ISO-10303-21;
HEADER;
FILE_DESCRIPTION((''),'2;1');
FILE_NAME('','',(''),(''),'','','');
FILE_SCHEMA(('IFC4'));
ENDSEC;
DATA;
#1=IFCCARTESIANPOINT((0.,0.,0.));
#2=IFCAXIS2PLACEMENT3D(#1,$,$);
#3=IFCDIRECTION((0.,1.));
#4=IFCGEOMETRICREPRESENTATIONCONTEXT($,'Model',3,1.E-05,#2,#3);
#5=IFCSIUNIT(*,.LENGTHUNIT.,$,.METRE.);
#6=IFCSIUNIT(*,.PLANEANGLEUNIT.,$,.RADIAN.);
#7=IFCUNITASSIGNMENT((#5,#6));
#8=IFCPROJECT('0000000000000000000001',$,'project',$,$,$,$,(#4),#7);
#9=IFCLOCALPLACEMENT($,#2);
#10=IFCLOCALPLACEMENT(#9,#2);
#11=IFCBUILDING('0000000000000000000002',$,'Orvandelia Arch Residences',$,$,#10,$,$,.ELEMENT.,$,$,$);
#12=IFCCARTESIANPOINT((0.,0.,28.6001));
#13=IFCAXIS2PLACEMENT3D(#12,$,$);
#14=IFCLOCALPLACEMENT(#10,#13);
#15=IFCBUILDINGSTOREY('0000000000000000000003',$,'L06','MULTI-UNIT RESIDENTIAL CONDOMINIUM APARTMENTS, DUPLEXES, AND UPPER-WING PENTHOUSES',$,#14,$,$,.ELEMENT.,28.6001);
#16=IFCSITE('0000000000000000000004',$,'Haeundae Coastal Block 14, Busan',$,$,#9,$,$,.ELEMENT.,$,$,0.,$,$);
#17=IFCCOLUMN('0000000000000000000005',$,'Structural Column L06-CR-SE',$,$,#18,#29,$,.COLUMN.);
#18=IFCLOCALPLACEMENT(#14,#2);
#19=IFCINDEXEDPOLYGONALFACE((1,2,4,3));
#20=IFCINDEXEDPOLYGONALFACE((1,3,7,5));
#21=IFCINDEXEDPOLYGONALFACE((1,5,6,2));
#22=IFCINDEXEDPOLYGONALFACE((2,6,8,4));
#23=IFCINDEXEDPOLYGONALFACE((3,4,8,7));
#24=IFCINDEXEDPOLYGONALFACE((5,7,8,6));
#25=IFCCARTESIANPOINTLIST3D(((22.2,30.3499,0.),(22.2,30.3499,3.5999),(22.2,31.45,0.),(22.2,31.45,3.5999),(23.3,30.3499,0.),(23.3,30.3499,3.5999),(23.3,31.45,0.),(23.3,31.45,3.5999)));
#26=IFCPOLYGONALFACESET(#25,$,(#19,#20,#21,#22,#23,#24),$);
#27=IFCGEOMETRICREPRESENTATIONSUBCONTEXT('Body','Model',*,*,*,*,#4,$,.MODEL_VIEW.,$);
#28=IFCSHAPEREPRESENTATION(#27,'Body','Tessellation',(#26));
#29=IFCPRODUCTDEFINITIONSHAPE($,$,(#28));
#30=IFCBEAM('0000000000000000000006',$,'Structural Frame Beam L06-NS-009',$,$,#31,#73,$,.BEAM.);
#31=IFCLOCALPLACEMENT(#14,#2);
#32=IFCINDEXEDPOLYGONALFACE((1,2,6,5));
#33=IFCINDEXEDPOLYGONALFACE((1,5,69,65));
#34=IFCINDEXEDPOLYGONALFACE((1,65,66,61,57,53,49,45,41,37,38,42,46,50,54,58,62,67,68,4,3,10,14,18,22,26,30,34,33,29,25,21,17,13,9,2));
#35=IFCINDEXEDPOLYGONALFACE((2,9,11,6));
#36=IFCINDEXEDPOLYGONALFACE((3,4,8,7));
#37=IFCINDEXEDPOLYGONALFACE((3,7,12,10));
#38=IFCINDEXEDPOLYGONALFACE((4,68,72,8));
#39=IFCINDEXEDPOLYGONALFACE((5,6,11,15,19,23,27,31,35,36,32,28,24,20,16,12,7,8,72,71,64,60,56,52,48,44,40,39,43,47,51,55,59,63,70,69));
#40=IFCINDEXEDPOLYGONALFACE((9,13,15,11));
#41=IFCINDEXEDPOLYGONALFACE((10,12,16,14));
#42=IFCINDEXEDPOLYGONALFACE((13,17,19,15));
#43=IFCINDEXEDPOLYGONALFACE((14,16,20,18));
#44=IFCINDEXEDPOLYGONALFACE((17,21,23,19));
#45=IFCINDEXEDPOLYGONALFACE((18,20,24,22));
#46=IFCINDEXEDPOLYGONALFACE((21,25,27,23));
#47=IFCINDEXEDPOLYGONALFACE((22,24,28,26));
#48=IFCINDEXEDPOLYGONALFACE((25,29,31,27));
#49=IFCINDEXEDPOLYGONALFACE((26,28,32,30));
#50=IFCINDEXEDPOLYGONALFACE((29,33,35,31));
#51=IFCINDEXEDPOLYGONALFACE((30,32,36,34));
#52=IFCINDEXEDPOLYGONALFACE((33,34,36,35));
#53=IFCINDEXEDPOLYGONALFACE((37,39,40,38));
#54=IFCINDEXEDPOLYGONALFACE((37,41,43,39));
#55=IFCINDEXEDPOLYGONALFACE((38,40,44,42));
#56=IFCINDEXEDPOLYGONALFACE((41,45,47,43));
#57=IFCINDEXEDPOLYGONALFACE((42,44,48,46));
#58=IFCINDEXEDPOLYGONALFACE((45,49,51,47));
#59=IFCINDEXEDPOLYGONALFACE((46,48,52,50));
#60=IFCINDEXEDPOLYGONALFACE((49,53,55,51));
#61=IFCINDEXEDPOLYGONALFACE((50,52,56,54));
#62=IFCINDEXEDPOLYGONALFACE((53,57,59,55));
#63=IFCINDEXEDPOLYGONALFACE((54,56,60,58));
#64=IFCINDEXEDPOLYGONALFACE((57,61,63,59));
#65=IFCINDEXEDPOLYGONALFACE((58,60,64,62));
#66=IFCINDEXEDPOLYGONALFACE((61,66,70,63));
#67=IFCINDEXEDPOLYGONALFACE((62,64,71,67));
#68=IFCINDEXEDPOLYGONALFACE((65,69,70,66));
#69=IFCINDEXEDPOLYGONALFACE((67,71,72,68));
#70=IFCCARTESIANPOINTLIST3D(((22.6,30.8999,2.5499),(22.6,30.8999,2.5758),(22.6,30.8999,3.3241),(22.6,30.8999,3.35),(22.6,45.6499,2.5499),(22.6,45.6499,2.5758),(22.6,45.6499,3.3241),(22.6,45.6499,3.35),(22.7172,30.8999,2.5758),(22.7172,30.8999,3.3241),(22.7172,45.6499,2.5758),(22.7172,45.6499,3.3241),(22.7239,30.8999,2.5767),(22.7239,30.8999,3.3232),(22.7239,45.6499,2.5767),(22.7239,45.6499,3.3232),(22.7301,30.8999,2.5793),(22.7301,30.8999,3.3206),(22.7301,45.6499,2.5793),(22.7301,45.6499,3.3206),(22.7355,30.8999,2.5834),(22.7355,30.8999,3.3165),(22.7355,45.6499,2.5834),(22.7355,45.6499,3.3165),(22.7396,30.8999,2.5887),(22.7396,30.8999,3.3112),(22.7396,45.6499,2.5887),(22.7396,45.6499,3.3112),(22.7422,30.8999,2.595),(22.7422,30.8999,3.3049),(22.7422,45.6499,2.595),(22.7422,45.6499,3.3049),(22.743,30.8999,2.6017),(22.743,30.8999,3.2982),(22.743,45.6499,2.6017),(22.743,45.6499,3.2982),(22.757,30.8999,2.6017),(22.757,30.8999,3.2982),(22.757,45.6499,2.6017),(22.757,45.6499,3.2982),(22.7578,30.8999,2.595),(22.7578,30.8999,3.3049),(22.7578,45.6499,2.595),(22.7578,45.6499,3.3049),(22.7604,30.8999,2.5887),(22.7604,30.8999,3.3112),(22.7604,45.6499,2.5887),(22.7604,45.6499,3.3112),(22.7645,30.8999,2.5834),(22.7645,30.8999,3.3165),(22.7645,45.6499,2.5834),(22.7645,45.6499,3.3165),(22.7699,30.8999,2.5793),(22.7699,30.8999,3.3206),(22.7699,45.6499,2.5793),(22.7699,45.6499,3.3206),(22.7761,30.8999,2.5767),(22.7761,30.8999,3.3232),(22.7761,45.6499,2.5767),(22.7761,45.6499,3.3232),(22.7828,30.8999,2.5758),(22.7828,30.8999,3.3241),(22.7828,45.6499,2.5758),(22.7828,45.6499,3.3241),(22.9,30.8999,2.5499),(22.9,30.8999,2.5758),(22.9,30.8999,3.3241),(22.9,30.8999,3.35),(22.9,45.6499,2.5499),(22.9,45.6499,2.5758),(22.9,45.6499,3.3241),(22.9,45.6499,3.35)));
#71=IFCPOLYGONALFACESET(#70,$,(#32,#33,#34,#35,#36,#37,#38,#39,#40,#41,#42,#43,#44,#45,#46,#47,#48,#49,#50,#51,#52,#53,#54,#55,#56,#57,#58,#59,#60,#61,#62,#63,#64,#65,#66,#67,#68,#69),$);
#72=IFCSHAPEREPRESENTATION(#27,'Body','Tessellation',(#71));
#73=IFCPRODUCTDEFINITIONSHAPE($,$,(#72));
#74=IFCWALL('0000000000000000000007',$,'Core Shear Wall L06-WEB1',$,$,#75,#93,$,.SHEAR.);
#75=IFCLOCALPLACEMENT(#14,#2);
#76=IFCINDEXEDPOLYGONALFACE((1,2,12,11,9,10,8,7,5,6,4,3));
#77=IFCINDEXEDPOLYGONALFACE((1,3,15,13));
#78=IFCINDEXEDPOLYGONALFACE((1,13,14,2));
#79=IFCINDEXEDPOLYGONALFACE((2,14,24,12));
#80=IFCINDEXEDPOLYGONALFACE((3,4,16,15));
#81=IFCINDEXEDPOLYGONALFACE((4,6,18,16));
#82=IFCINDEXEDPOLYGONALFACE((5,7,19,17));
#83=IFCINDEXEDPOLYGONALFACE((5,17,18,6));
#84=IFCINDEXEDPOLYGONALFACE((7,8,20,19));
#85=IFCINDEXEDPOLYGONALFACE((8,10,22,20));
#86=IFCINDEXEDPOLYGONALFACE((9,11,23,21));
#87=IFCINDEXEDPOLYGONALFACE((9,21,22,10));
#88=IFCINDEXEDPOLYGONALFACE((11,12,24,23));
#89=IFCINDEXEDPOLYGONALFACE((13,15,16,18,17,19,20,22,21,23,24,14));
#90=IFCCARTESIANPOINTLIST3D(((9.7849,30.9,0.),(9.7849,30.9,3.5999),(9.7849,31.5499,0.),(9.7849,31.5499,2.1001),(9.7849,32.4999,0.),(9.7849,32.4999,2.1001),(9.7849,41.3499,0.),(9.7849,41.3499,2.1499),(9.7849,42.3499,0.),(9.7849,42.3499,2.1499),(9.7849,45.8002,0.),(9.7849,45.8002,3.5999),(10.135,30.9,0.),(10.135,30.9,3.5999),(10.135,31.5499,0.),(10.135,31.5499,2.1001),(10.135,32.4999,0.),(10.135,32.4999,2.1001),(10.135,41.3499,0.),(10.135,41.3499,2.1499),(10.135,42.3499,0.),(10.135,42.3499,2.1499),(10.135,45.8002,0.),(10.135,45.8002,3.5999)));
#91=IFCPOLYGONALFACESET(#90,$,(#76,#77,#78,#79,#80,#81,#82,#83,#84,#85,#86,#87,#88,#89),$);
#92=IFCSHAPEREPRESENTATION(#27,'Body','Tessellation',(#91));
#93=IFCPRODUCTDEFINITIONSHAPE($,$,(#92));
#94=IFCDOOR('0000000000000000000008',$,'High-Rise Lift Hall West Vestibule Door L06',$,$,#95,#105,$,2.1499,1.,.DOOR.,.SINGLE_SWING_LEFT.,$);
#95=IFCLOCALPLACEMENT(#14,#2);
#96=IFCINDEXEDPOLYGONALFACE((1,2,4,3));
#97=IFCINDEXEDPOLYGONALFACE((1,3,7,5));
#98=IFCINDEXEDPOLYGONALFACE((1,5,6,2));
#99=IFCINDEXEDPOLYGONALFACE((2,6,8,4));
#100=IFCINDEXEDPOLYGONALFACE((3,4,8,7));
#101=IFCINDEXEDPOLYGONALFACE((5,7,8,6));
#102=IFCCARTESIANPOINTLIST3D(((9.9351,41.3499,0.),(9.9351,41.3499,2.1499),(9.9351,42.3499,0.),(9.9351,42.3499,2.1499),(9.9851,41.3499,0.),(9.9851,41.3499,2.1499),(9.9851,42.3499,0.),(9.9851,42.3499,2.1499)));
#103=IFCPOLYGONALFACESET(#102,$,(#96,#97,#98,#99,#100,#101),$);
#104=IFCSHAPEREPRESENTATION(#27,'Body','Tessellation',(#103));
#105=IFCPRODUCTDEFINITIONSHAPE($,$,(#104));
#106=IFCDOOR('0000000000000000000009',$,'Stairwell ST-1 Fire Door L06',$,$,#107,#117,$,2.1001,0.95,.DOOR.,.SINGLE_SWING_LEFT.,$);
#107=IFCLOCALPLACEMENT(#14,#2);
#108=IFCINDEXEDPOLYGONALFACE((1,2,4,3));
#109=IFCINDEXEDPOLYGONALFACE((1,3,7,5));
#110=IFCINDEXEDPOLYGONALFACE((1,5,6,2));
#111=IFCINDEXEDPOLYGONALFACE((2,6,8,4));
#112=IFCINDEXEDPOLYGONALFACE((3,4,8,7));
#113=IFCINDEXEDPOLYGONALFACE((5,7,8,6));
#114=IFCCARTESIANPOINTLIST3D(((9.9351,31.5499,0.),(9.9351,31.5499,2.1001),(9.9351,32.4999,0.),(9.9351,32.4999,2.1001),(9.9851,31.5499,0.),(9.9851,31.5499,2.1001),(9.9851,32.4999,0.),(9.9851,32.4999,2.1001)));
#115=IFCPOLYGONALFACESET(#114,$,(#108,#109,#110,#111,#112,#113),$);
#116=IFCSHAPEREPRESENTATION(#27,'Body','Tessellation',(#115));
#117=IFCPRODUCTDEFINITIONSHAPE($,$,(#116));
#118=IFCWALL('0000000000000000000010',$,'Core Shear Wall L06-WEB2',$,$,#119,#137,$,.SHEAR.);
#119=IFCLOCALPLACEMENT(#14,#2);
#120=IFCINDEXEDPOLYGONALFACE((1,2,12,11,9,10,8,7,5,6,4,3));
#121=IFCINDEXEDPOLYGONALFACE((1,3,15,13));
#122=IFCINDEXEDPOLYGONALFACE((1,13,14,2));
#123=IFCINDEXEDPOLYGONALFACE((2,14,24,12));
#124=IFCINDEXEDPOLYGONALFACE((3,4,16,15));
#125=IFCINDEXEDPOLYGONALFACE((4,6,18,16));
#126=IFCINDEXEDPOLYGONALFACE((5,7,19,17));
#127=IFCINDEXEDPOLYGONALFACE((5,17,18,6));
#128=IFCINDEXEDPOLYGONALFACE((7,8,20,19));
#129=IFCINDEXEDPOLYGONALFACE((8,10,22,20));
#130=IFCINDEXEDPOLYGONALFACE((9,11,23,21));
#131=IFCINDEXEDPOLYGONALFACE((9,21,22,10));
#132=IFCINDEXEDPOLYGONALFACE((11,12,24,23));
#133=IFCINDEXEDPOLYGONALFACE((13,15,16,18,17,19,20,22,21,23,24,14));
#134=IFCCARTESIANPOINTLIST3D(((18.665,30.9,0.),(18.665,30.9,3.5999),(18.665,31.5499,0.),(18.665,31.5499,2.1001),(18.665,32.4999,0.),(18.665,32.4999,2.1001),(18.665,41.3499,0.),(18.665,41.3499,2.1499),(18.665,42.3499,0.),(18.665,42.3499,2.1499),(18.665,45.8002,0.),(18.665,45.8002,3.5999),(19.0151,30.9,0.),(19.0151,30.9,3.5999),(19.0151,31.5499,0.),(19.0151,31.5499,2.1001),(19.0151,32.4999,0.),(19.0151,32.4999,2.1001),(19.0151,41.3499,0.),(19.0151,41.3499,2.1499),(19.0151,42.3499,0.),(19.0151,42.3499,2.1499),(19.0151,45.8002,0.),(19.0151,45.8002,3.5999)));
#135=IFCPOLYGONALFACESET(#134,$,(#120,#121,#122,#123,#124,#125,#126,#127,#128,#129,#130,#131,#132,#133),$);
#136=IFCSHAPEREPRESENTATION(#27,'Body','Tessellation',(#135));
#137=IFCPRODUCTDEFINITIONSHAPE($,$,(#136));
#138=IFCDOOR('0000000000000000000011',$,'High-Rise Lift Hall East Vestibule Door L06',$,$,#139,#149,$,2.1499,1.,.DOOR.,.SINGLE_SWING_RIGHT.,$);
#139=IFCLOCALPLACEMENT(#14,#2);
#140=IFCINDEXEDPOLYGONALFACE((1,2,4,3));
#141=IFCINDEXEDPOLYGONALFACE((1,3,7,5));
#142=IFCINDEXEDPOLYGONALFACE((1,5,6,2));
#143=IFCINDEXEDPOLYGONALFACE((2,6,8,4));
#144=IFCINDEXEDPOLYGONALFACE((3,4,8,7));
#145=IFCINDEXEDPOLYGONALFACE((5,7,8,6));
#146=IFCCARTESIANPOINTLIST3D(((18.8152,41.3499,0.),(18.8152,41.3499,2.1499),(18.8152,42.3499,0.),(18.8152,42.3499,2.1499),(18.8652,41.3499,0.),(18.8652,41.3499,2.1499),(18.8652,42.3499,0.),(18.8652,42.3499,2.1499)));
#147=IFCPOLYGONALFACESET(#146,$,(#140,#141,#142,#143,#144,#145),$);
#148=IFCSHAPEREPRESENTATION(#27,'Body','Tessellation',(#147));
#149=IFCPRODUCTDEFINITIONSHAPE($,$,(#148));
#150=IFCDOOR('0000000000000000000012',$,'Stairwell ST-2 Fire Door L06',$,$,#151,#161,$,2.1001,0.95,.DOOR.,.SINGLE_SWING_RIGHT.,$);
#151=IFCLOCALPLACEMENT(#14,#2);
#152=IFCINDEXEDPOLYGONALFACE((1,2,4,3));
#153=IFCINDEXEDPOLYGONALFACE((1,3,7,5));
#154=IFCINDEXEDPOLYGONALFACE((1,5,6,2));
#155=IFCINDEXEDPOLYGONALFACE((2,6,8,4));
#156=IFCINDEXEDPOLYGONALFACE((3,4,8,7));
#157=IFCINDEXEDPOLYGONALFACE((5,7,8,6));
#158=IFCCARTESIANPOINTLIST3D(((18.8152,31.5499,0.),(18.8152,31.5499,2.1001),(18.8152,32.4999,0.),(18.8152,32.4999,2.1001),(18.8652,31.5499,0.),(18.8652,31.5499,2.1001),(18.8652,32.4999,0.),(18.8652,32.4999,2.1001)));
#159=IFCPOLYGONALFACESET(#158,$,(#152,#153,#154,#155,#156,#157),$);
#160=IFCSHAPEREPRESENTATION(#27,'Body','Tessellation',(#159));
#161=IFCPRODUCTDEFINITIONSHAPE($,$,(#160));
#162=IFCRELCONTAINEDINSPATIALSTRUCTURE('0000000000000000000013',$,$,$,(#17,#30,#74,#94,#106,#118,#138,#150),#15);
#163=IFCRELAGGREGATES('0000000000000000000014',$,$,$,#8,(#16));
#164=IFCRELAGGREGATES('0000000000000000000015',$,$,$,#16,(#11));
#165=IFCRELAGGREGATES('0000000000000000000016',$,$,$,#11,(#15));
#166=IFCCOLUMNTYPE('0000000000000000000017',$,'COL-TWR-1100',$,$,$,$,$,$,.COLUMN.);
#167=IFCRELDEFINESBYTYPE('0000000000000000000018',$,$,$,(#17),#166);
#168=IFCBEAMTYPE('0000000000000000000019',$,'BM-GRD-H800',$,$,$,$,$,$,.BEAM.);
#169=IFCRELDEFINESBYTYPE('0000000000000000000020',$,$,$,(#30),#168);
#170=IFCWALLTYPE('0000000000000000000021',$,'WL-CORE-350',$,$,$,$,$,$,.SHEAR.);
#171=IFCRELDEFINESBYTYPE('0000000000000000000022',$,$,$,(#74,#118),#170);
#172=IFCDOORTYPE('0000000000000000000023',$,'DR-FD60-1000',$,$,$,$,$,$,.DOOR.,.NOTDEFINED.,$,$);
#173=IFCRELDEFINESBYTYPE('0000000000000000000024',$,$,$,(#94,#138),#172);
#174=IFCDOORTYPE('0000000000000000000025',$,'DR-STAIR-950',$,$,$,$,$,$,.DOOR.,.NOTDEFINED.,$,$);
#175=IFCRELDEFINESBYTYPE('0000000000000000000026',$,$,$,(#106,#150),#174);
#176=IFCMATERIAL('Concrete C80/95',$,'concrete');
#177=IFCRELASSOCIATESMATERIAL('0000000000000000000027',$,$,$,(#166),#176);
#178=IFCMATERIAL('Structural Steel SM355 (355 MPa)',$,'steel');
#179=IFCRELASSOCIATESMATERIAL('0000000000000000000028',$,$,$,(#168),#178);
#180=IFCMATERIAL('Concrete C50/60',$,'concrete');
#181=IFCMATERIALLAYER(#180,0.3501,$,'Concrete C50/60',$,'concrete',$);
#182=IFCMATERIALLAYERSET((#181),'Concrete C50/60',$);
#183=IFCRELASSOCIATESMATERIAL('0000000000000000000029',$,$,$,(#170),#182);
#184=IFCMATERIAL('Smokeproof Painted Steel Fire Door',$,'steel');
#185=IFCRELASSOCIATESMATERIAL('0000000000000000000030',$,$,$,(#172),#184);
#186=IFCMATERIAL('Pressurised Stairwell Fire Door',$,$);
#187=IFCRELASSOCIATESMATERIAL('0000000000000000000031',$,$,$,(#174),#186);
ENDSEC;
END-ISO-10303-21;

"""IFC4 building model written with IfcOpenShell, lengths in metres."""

from ifc_helpers import new_model, si_unit, direction, frame, frame_2d, origin, origin_2d, place, context, subcontext, project, spatial, rectangle, i_section, extrude, material, layer, layer_set, material_profile, profile_set, type_object, element, fill, save


model = new_model("IFC4")

# Units and contexts
model_context = context("Model", 3, precision=1e-05, world=origin(), true_north=direction((0.0, 1.0)))
body_context = subcontext(model_context, "Body", "Model", "MODEL_VIEW")
ifc_project = project(units=[si_unit("LENGTHUNIT", "METRE"), si_unit("PLANEANGLEUNIT", "RADIAN")], contexts=[model_context])

# Site, building, storey
site_placement = place(None, origin())
site = spatial("IfcSite", under=ifc_project, at=site_placement, Name="Haeundae Coastal Block 14, Busan", CompositionType="ELEMENT", RefElevation=0.0)
building_placement = place(site_placement, origin())
building = spatial("IfcBuilding", under=site, at=building_placement, Name="Orvandelia Arch Residences", CompositionType="ELEMENT")
storey_placement = place(building_placement, frame((0.0, 0.0, 28.6001)))
storey = spatial("IfcBuildingStorey", under=building, at=storey_placement, Name="L06", Description="MULTI-UNIT RESIDENTIAL CONDOMINIUM APARTMENTS, DUPLEXES, AND UPPER-WING PENTHOUSES", CompositionType="ELEMENT", Elevation=28.6001)

# Column
ifc_material_1 = material(Name="Concrete C80/95", Category="concrete")
ifc_material_profile_1 = material_profile(ifc_material_1, rectangle(XDim=1.1001, YDim=1.1001, at=origin_2d()), Name="Concrete C80/95", Category="concrete")
ifc_profile_set_1 = profile_set([ifc_material_profile_1], Name="Concrete C80/95")
column_type = type_object("IfcColumnType", Name="COL-TWR-1100", PredefinedType="COLUMN", material=ifc_profile_set_1)
column_placement = place(storey_placement, frame((22.75, 30.8999, 0.0), z_axis=(0.0, 0.0, 1.0), x_axis=(1.0, 0.0, 0.0)))
element("IfcColumn", 1, at=column_placement, inside=storey, type_object=column_type, Name="Structural Column L06-CR-SE", PredefinedType="COLUMN", context=body_context, shape_type="SweptSolid", body=[
    extrude(rectangle(XDim=1.1001, YDim=1.1001, at=origin_2d()), origin(), (0.0, 0.0, 1.0), 3.5999),
])

# Beam
ifc_material_2 = material(Name="Structural Steel SM355 (355 MPa)", Category="steel")
ifc_material_profile_2 = material_profile(ifc_material_2, i_section(OverallWidth=0.3, OverallDepth=0.8, WebThickness=0.0139, FlangeThickness=0.0259, FilletRadius=0.0259, at=origin_2d()), Name="Structural Steel SM355 (355 MPa)", Category="steel")
ifc_profile_set_2 = profile_set([ifc_material_profile_2], Name="Structural Steel SM355 (355 MPa)")
beam_type = type_object("IfcBeamType", Name="BM-GRD-H800", PredefinedType="BEAM", material=ifc_profile_set_2)
beam_placement = place(storey_placement, frame((22.75, 30.8999, 2.95), z_axis=(0.0, 1.0, 0.0), x_axis=(-1.0, 0.0, 0.0)))
element("IfcBeam", 2, at=beam_placement, inside=storey, type_object=beam_type, Name="Structural Frame Beam L06-NS-009", PredefinedType="BEAM", context=body_context, shape_type="SweptSolid", body=[
    extrude(i_section(OverallWidth=0.3, OverallDepth=0.8, WebThickness=0.0139, FlangeThickness=0.0259, FilletRadius=0.0259, at=origin_2d()), origin(), (0.0, 0.0, 1.0), 14.75),
])

# Walls, openings, doors
ifc_material_3 = material(Name="Concrete C50/60", Category="concrete")
ifc_layer_1 = layer(ifc_material_3, 0.3501, Name="Concrete C50/60", Category="concrete")
ifc_layer_set_1 = layer_set([ifc_layer_1], Name="Concrete C50/60")
wall_type_1 = type_object("IfcWallType", Name="WL-CORE-350", PredefinedType="SHEAR", material=ifc_layer_set_1)
wall_1_placement = place(storey_placement, frame((9.96, 30.8999, 0.0), z_axis=(0.0, 0.0, 1.0), x_axis=(0.0, 1.0, 0.0)))
wall_1 = element("IfcWall", 3, at=wall_1_placement, inside=storey, type_object=wall_type_1, Name="Core Shear Wall L06-WEB1", PredefinedType="SHEAR", context=body_context, shape_type="SweptSolid", body=[
    extrude(rectangle(XDim=14.9001, YDim=0.3501, at=frame_2d((7.4502, 0.0))), origin(), (0.0, 0.0, 1.0), 3.5999),
])
opening_1_placement = place(wall_1_placement, frame((0.6499, 0.0, 0.0)))
opening_1 = element("IfcOpeningElement", 4, at=opening_1_placement, cuts=wall_1, PredefinedType="OPENING", context=body_context, shape_type="SweptSolid", body=[
    extrude(rectangle(XDim=0.95, YDim=2.1001, at=frame_2d((0.4751, 1.05))), frame((0.0, 0.1851, 0.0), z_axis=(0.0, -1.0, 0.0), x_axis=(1.0, 0.0, 0.0)), (0.0, 0.0, 1.0), 0.3701),
])
opening_2_placement = place(wall_1_placement, frame((10.45, 0.0, 0.0)))
opening_2 = element("IfcOpeningElement", 5, at=opening_2_placement, cuts=wall_1, PredefinedType="OPENING", context=body_context, shape_type="SweptSolid", body=[
    extrude(rectangle(XDim=1.0, YDim=2.1499, at=frame_2d((0.5, 1.075))), frame((0.0, 0.1851, 0.0), z_axis=(0.0, -1.0, 0.0), x_axis=(1.0, 0.0, 0.0)), (0.0, 0.0, 1.0), 0.3701),
])
ifc_material_4 = material(Name="Smokeproof Painted Steel Fire Door", Category="steel")
door_type_1 = type_object("IfcDoorType", Name="DR-FD60-1000", OperationType="NOTDEFINED", PredefinedType="DOOR", material=ifc_material_4)
door_1_placement = place(opening_2_placement, origin())
door_1 = element("IfcDoor", 6, at=door_1_placement, inside=storey, type_object=door_type_1, Name="High-Rise Lift Hall West Vestibule Door L06", OperationType="SINGLE_SWING_LEFT", OverallHeight=2.1499, OverallWidth=1.0, PredefinedType="DOOR", context=body_context, shape_type="SweptSolid", body=[
    extrude(rectangle(XDim=1.0, YDim=2.1499, at=frame_2d((0.5, 1.075))), frame((0.0, 0.0249, 0.0), z_axis=(0.0, -1.0, 0.0), x_axis=(1.0, 0.0, 0.0)), (0.0, 0.0, 1.0), 0.05),
])
fill(opening_2, door_1)
ifc_material_5 = material(Name="Pressurised Stairwell Fire Door")
door_type_2 = type_object("IfcDoorType", Name="DR-STAIR-950", OperationType="NOTDEFINED", PredefinedType="DOOR", material=ifc_material_5)
door_2_placement = place(opening_1_placement, origin())
door_2 = element("IfcDoor", 7, at=door_2_placement, inside=storey, type_object=door_type_2, Name="Stairwell ST-1 Fire Door L06", OperationType="SINGLE_SWING_LEFT", OverallHeight=2.1001, OverallWidth=0.95, PredefinedType="DOOR", context=body_context, shape_type="SweptSolid", body=[
    extrude(rectangle(XDim=0.95, YDim=2.1001, at=frame_2d((0.4751, 1.05))), frame((0.0, 0.0249, 0.0), z_axis=(0.0, -1.0, 0.0), x_axis=(1.0, 0.0, 0.0)), (0.0, 0.0, 1.0), 0.05),
])
fill(opening_1, door_2)
wall_2_placement = place(storey_placement, frame((18.8401, 30.8999, 0.0), z_axis=(0.0, 0.0, 1.0), x_axis=(0.0, 1.0, 0.0)))
wall_2 = element("IfcWall", 8, at=wall_2_placement, inside=storey, type_object=wall_type_1, Name="Core Shear Wall L06-WEB2", PredefinedType="SHEAR", context=body_context, shape_type="SweptSolid", body=[
    extrude(rectangle(XDim=14.9001, YDim=0.3501, at=frame_2d((7.4502, 0.0))), origin(), (0.0, 0.0, 1.0), 3.5999),
])
opening_3_placement = place(wall_2_placement, frame((0.6499, 0.0, 0.0)))
opening_3 = element("IfcOpeningElement", 9, at=opening_3_placement, cuts=wall_2, PredefinedType="OPENING", context=body_context, shape_type="SweptSolid", body=[
    extrude(rectangle(XDim=0.95, YDim=2.1001, at=frame_2d((0.4751, 1.05))), frame((0.0, 0.1851, 0.0), z_axis=(0.0, -1.0, 0.0), x_axis=(1.0, 0.0, 0.0)), (0.0, 0.0, 1.0), 0.3701),
])
opening_4_placement = place(wall_2_placement, frame((10.45, 0.0, 0.0)))
opening_4 = element("IfcOpeningElement", 10, at=opening_4_placement, cuts=wall_2, PredefinedType="OPENING", context=body_context, shape_type="SweptSolid", body=[
    extrude(rectangle(XDim=1.0, YDim=2.1499, at=frame_2d((0.5, 1.075))), frame((0.0, 0.1851, 0.0), z_axis=(0.0, -1.0, 0.0), x_axis=(1.0, 0.0, 0.0)), (0.0, 0.0, 1.0), 0.3701),
])
door_3_placement = place(opening_4_placement, origin())
door_3 = element("IfcDoor", 11, at=door_3_placement, inside=storey, type_object=door_type_1, Name="High-Rise Lift Hall East Vestibule Door L06", OperationType="SINGLE_SWING_RIGHT", OverallHeight=2.1499, OverallWidth=1.0, PredefinedType="DOOR", context=body_context, shape_type="SweptSolid", body=[
    extrude(rectangle(XDim=1.0, YDim=2.1499, at=frame_2d((0.5, 1.075))), frame((0.0, 0.0249, 0.0), z_axis=(0.0, -1.0, 0.0), x_axis=(1.0, 0.0, 0.0)), (0.0, 0.0, 1.0), 0.05),
])
fill(opening_4, door_3)
door_4_placement = place(opening_3_placement, origin())
door_4 = element("IfcDoor", 12, at=door_4_placement, inside=storey, type_object=door_type_2, Name="Stairwell ST-2 Fire Door L06", OperationType="SINGLE_SWING_RIGHT", OverallHeight=2.1001, OverallWidth=0.95, PredefinedType="DOOR", context=body_context, shape_type="SweptSolid", body=[
    extrude(rectangle(XDim=0.95, YDim=2.1001, at=frame_2d((0.4751, 1.05))), frame((0.0, 0.0249, 0.0), z_axis=(0.0, -1.0, 0.0), x_axis=(1.0, 0.0, 0.0)), (0.0, 0.0, 1.0), 0.05),
])
fill(opening_3, door_4)

save(model, "model.ifc")
